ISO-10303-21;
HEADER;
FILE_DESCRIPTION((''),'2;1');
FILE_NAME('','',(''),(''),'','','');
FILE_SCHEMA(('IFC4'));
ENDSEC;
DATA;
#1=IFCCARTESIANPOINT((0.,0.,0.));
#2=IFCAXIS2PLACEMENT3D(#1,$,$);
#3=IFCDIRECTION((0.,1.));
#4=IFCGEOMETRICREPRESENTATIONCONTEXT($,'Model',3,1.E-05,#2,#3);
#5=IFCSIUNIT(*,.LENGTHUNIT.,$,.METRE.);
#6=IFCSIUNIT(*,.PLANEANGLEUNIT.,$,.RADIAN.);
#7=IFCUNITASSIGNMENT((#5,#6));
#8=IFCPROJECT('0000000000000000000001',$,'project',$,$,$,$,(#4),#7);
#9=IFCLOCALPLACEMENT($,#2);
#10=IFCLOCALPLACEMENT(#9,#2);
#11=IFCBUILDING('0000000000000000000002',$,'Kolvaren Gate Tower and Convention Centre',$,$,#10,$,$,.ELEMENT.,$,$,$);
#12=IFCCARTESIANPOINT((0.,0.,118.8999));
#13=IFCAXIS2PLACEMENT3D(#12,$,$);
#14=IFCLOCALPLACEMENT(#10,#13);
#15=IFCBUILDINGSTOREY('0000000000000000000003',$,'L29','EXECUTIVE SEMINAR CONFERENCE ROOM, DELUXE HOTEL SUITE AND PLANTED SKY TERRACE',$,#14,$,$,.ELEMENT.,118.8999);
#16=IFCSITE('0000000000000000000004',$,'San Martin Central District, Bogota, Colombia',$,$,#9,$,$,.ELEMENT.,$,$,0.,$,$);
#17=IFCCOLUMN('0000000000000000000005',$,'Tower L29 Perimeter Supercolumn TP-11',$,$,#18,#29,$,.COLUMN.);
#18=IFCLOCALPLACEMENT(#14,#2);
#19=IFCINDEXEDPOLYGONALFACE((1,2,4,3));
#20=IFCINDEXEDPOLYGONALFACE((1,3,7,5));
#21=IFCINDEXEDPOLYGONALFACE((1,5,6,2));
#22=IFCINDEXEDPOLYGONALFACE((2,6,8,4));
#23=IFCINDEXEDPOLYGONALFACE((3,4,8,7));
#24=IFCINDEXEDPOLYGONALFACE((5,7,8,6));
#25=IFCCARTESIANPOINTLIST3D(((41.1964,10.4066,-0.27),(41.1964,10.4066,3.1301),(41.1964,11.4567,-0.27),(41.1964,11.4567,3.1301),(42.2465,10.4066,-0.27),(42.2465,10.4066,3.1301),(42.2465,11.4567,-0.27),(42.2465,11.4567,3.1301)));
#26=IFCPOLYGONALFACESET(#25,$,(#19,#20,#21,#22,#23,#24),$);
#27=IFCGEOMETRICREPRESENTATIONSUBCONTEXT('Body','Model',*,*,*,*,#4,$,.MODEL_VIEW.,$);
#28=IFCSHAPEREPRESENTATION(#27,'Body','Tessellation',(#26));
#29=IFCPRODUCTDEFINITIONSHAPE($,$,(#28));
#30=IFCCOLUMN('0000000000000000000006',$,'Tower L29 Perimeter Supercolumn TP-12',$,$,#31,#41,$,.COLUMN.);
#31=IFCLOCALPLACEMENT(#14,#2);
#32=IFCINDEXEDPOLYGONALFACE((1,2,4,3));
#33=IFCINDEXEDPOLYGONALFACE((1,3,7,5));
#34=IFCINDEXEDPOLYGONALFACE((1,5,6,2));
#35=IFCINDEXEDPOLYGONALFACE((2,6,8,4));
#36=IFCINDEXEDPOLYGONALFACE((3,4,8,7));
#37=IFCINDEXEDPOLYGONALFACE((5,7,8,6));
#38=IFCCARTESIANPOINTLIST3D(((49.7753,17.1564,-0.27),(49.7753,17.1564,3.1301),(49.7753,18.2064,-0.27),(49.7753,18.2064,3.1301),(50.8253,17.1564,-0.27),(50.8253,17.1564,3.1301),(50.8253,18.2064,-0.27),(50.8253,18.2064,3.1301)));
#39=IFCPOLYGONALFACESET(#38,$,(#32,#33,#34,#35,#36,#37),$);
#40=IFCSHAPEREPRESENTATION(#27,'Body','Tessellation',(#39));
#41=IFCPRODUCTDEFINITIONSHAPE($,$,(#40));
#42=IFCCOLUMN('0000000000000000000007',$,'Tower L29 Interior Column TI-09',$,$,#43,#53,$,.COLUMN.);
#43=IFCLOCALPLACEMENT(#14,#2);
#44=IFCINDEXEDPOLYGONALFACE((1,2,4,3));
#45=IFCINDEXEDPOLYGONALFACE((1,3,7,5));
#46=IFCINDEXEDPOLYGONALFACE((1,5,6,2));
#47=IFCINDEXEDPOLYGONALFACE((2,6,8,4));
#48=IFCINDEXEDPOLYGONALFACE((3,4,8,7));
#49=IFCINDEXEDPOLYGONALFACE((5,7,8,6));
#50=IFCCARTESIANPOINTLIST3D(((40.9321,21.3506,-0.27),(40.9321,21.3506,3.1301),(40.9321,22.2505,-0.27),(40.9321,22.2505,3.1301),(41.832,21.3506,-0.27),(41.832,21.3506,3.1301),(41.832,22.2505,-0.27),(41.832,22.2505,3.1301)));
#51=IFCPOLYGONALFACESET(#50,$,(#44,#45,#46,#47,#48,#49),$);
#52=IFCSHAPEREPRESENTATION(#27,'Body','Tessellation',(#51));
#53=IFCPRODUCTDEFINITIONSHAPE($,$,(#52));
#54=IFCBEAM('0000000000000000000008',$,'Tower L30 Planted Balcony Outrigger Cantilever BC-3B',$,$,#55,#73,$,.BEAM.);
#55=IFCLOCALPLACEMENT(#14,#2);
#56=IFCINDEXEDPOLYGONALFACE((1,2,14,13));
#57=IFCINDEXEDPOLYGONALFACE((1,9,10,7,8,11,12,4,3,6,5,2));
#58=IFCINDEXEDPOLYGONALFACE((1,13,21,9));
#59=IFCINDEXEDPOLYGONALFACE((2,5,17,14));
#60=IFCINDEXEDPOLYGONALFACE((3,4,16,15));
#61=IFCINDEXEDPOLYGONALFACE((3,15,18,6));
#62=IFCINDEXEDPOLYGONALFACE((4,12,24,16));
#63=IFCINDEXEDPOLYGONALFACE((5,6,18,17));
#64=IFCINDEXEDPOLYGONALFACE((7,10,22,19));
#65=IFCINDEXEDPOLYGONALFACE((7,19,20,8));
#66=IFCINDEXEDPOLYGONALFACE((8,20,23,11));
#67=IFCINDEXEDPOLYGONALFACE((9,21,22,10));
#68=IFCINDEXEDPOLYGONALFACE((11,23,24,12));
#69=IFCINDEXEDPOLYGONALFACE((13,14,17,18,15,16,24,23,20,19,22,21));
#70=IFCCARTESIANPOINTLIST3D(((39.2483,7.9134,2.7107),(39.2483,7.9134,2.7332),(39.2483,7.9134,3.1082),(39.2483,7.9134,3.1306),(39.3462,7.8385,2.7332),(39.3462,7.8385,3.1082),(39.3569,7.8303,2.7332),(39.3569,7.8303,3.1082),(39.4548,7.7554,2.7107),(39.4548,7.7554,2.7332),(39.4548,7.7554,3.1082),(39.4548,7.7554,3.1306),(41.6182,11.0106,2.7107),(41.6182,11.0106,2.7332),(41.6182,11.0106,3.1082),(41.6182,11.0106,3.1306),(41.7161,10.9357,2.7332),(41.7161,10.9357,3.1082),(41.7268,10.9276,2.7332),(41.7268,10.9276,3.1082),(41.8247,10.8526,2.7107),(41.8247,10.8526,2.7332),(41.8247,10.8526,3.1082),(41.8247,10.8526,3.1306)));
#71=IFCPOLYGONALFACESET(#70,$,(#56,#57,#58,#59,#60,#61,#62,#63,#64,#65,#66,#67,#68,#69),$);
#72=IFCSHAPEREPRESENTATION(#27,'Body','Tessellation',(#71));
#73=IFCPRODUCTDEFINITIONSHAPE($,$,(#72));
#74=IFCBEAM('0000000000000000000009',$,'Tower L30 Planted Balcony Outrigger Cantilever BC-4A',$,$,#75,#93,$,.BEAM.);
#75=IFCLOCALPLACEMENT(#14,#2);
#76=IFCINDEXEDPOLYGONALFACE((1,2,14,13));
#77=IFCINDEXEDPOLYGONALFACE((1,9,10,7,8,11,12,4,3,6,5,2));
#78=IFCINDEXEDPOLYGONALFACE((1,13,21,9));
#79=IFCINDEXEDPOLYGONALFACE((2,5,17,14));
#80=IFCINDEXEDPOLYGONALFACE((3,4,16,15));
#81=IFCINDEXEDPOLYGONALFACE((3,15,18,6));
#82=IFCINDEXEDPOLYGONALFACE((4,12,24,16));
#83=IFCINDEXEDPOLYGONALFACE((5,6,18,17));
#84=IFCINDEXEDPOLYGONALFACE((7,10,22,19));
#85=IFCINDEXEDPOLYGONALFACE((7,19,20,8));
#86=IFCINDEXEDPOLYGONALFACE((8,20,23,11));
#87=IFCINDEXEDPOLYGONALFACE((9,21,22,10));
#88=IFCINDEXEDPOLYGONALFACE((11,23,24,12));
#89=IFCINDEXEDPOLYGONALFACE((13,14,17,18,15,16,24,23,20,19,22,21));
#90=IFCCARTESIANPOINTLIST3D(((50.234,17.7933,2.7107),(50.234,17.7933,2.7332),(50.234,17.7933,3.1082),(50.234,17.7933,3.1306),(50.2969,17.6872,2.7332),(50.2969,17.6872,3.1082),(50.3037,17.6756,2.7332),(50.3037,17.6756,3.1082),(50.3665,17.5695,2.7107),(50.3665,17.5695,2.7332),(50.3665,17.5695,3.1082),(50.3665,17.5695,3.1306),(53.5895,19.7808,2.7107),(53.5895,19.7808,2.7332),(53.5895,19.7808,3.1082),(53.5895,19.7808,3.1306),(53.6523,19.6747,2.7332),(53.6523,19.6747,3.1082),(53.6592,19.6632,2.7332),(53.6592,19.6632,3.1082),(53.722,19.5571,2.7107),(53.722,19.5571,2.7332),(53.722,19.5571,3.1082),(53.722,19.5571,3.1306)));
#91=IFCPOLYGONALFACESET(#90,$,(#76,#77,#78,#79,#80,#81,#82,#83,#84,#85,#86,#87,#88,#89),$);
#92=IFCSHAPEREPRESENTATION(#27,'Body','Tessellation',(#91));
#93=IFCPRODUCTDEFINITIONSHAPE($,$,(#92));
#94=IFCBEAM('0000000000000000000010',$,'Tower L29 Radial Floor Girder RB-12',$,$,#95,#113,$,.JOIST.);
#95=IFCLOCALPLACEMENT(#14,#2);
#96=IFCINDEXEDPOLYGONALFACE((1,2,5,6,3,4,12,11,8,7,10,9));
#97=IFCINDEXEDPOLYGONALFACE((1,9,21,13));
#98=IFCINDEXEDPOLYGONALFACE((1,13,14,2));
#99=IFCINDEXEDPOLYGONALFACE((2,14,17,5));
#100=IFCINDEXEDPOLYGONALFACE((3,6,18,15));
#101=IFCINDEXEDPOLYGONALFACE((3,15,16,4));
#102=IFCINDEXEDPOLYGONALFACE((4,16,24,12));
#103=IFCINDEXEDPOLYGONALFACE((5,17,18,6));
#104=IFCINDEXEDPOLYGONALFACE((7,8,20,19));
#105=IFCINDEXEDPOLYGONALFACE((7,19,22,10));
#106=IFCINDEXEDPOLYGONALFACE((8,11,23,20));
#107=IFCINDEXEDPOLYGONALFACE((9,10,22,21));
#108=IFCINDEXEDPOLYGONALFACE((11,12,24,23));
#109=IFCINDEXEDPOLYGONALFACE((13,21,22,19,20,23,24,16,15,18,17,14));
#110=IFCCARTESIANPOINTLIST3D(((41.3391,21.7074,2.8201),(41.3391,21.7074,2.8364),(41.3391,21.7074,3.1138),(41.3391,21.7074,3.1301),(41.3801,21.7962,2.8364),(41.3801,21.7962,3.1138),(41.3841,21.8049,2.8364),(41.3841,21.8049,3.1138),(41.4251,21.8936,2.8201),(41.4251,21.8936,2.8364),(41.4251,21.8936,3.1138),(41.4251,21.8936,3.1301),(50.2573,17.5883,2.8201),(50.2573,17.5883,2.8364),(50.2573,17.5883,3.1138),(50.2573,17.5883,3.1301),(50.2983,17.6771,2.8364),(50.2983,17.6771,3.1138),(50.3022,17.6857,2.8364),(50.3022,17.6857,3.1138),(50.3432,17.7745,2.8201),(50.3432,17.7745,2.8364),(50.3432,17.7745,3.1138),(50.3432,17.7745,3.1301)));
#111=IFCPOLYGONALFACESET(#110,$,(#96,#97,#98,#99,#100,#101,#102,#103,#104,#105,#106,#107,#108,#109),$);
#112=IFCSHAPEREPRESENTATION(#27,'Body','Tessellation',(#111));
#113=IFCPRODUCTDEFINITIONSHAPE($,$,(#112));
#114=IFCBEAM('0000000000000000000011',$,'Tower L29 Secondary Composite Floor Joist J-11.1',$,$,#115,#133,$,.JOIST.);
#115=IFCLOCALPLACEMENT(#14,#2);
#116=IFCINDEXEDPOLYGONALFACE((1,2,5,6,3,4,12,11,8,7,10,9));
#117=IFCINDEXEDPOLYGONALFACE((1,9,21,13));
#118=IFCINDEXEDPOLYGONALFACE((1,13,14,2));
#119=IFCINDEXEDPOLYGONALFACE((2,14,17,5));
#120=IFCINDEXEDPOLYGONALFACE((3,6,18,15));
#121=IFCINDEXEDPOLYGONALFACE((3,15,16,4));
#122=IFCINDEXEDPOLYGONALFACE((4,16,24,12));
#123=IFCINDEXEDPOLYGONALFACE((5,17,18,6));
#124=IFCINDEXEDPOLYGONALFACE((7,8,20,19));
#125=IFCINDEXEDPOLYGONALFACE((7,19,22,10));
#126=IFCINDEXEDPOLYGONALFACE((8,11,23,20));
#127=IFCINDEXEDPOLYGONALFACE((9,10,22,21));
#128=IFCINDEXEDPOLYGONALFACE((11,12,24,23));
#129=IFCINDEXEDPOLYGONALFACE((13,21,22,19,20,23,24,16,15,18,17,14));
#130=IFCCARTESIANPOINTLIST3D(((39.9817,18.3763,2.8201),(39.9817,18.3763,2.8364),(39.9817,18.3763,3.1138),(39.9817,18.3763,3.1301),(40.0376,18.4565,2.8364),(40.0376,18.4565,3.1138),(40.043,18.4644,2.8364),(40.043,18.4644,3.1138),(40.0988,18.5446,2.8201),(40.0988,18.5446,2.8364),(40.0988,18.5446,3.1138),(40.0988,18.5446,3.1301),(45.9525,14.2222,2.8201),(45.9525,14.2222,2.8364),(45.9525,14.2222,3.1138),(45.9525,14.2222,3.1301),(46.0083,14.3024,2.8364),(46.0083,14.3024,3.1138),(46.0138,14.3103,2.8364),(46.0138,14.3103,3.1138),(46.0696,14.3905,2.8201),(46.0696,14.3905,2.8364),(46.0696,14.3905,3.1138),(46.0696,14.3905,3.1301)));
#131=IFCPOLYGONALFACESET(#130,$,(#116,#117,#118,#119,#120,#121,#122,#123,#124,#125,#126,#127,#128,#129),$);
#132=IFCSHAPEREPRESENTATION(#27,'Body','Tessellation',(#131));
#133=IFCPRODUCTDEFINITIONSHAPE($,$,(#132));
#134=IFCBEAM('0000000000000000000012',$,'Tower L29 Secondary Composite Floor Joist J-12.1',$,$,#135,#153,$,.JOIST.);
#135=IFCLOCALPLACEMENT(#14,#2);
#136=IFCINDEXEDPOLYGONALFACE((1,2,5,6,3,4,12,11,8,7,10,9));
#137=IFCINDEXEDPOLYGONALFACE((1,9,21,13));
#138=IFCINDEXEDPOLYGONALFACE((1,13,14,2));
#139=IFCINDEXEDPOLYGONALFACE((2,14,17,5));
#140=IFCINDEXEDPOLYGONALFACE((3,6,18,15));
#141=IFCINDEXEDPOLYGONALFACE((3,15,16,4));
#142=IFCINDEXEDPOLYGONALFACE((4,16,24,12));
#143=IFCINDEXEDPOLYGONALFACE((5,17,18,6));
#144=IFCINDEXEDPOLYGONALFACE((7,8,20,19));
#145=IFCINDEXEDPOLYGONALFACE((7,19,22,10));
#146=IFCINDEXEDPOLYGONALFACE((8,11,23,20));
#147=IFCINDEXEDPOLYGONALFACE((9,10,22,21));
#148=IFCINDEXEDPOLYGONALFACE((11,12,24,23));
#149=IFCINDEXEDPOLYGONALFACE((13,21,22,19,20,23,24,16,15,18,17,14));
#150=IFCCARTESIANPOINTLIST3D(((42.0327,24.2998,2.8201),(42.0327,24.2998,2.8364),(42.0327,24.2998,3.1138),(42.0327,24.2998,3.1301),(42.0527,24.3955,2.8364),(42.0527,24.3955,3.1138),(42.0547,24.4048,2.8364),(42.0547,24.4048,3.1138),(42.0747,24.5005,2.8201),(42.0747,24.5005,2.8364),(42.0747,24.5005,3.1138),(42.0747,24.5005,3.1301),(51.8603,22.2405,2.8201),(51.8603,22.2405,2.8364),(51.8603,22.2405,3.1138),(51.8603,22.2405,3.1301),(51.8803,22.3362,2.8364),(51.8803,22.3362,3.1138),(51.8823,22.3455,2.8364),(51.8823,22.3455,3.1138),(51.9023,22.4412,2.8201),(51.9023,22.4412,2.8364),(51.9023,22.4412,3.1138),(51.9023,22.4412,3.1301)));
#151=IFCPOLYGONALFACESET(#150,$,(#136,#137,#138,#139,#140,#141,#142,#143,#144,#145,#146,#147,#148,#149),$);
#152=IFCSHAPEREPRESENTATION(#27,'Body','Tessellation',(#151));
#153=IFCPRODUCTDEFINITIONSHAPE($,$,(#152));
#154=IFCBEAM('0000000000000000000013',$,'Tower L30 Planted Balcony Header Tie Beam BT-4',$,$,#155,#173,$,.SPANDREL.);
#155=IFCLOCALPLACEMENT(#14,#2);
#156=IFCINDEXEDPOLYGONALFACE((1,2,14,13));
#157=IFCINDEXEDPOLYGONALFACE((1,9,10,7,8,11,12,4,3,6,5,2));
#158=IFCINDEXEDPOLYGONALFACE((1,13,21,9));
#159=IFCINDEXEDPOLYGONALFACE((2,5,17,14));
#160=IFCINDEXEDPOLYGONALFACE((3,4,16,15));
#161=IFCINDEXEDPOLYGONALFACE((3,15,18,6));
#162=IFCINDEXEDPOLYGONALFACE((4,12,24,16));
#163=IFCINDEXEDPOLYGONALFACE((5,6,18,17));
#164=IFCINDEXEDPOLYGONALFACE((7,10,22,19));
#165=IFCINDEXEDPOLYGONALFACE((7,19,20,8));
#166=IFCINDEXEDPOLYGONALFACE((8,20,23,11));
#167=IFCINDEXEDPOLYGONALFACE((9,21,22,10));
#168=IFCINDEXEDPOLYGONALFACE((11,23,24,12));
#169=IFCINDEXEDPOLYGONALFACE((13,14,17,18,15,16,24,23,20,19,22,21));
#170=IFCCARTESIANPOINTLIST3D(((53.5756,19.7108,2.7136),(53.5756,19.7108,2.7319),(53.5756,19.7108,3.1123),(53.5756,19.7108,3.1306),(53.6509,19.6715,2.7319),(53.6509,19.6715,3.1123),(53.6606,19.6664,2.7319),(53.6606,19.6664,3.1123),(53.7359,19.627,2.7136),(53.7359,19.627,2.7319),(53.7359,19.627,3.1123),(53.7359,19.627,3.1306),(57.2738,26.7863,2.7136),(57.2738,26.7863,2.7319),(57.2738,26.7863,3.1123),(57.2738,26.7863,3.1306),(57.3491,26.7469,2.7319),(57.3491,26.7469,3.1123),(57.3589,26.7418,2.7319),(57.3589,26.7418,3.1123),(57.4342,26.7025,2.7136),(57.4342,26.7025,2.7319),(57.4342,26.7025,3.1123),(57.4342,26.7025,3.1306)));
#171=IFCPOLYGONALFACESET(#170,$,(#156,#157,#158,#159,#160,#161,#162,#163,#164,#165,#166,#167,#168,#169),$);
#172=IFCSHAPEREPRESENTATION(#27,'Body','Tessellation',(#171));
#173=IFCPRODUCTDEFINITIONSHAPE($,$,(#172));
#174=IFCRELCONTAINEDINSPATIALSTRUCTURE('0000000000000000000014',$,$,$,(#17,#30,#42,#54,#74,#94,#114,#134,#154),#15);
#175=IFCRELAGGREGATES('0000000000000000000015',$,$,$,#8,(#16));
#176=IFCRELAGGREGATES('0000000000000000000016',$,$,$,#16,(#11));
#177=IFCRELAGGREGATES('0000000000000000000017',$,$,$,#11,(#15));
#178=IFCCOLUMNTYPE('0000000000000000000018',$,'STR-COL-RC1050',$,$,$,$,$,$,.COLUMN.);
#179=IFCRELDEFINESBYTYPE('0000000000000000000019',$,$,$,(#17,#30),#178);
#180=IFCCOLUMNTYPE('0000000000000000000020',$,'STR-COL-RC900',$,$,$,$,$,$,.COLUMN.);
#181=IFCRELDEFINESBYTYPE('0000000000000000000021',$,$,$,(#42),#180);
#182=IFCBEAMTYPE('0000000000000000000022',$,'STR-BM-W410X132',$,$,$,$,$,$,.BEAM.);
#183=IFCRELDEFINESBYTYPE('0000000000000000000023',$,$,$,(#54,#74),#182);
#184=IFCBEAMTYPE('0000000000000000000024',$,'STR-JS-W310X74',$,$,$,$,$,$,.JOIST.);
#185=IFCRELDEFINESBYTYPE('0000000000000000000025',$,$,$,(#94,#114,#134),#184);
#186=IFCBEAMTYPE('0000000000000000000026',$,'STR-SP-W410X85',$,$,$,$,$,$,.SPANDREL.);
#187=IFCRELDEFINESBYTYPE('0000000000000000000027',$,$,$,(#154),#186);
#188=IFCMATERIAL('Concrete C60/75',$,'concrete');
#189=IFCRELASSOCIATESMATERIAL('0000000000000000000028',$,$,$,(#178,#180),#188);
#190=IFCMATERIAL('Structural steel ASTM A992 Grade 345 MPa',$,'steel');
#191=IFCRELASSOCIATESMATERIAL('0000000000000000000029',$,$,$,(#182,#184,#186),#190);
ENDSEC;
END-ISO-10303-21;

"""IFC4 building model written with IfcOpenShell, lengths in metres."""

from ifc_helpers import new_model, si_unit, direction, frame, origin, origin_2d, place, context, subcontext, project, spatial, rectangle, i_section, extrude, material, material_profile, profile_set, type_object, element, save


model = new_model("IFC4")

# Units and contexts
model_context = context("Model", 3, precision=1e-05, world=origin(), true_north=direction((0.0, 1.0)))
body_context = subcontext(model_context, "Body", "Model", "MODEL_VIEW")
ifc_project = project(units=[si_unit("LENGTHUNIT", "METRE"), si_unit("PLANEANGLEUNIT", "RADIAN")], contexts=[model_context])

# Site, building, storey
site_placement = place(None, origin())
site = spatial("IfcSite", under=ifc_project, at=site_placement, Name="San Martin Central District, Bogota, Colombia", CompositionType="ELEMENT", RefElevation=0.0)
building_placement = place(site_placement, origin())
building = spatial("IfcBuilding", under=site, at=building_placement, Name="Kolvaren Gate Tower and Convention Centre", CompositionType="ELEMENT")
storey_placement = place(building_placement, frame((0.0, 0.0, 118.8999)))
storey = spatial("IfcBuildingStorey", under=building, at=storey_placement, Name="L29", Description="EXECUTIVE SEMINAR CONFERENCE ROOM, DELUXE HOTEL SUITE AND PLANTED SKY TERRACE", CompositionType="ELEMENT", Elevation=118.8999)

# Columns
ifc_material_1 = material(Name="Concrete C60/75", Category="concrete")
ifc_material_profile_1 = material_profile(ifc_material_1, rectangle(XDim=1.05, YDim=1.05, at=origin_2d()), Name="RC-COL-1050X1050")
ifc_profile_set_1 = profile_set([ifc_material_profile_1], Name="Concrete C60/75")
column_type_1 = type_object("IfcColumnType", Name="STR-COL-RC1050", PredefinedType="COLUMN", material=ifc_profile_set_1)
for number, where, z_axis, x_axis, name in (
    (1, (41.7214, 10.9316, -0.27), (0.0, 0.0, 1.0), (1.0, 0.0, 0.0), "Tower L29 Perimeter Supercolumn TP-11"),
    (2, (50.3003, 17.6814, -0.27), (0.0, 0.0, 1.0), (1.0, 0.0, 0.0), "Tower L29 Perimeter Supercolumn TP-12"),
):
    element("IfcColumn", number, at=place(storey_placement, frame(where, z_axis=z_axis, x_axis=x_axis)), inside=storey, type_object=column_type_1, Name=name, PredefinedType="COLUMN", context=body_context, shape_type="SweptSolid", body=[
        extrude(rectangle(XDim=1.05, YDim=1.05, at=origin_2d()), origin(), (0.0, 0.0, 1.0), 3.4001),
    ])
ifc_material_profile_2 = material_profile(ifc_material_1, rectangle(XDim=0.8999, YDim=0.8999, at=origin_2d()), Name="RC-COL-900X900")
ifc_profile_set_2 = profile_set([ifc_material_profile_2], Name="Concrete C60/75")
column_type_2 = type_object("IfcColumnType", Name="STR-COL-RC900", PredefinedType="COLUMN", material=ifc_profile_set_2)
column_placement = place(storey_placement, frame((41.3821, 21.8005, -0.27), z_axis=(0.0, 0.0, 1.0), x_axis=(1.0, 0.0, 0.0)))
element("IfcColumn", 3, at=column_placement, inside=storey, type_object=column_type_2, Name="Tower L29 Interior Column TI-09", PredefinedType="COLUMN", context=body_context, shape_type="SweptSolid", body=[
    extrude(rectangle(XDim=0.8999, YDim=0.8999, at=origin_2d()), origin(), (0.0, 0.0, 1.0), 3.4001),
])

# Beams
ifc_material_2 = material(Name="Structural steel ASTM A992 Grade 345 MPa", Category="steel")
ifc_material_profile_3 = material_profile(ifc_material_2, i_section(OverallWidth=0.26, OverallDepth=0.4199, WebThickness=0.0134, FlangeThickness=0.0225, at=origin_2d()), Name="W410X132")
ifc_profile_set_3 = profile_set([ifc_material_profile_3], Name="Structural steel ASTM A992 Grade 345 MPa")
beam_type_1 = type_object("IfcBeamType", Name="STR-BM-W410X132", PredefinedType="BEAM", material=ifc_profile_set_3)
for number, where, z_axis, x_axis, name in (
    (4, (41.7214, 10.9316, 2.9207), (-0.607685, -0.794178, 0.0), (0.794178, -0.607685, 0.0), "Tower L30 Planted Balcony Outrigger Cantilever BC-3B"),
    (5, (50.3003, 17.6814, 2.9207), (0.86039, 0.509636, 0.0), (-0.509636, 0.86039, 0.0), "Tower L30 Planted Balcony Outrigger Cantilever BC-4A"),
):
    element("IfcBeam", number, at=place(storey_placement, frame(where, z_axis=z_axis, x_axis=x_axis)), inside=storey, type_object=beam_type_1, Name=name, PredefinedType="BEAM", context=body_context, shape_type="SweptSolid", body=[
        extrude(i_section(OverallWidth=0.26, OverallDepth=0.4199, WebThickness=0.0134, FlangeThickness=0.0225, at=origin_2d()), origin(), (0.0, 0.0, 1.0), 3.8999),
    ])
ifc_material_profile_4 = material_profile(ifc_material_2, i_section(OverallWidth=0.2051, OverallDepth=0.3101, WebThickness=0.0095, FlangeThickness=0.0164, at=origin_2d()), Name="W310X74")
ifc_profile_set_4 = profile_set([ifc_material_profile_4], Name="Structural steel ASTM A992 Grade 345 MPa")
beam_type_2 = type_object("IfcBeamType", Name="STR-JS-W310X74", PredefinedType="JOIST", material=ifc_profile_set_4)
beam_1_placement = place(storey_placement, frame((41.3821, 21.8005, 2.9751), z_axis=(0.907842, -0.419313, 0.0), x_axis=(0.419313, 0.907842, 0.0)))
element("IfcBeam", 6, at=beam_1_placement, inside=storey, type_object=beam_type_2, Name="Tower L29 Radial Floor Girder RB-12", PredefinedType="JOIST", context=body_context, shape_type="SweptSolid", body=[
    extrude(i_section(OverallWidth=0.2051, OverallDepth=0.3101, WebThickness=0.0095, FlangeThickness=0.0164, at=origin_2d()), origin(), (0.0, 0.0, 1.0), 9.8235),
])
beam_2_placement = place(storey_placement, frame((40.0403, 18.4604, 2.9751), z_axis=(0.820872, -0.571113, 0.0), x_axis=(0.571113, 0.820872, 0.0)))
element("IfcBeam", 7, at=beam_2_placement, inside=storey, type_object=beam_type_2, Name="Tower L29 Secondary Composite Floor Joist J-11.1", PredefinedType="JOIST", context=body_context, shape_type="SweptSolid", body=[
    extrude(i_section(OverallWidth=0.2051, OverallDepth=0.3101, WebThickness=0.0095, FlangeThickness=0.0164, at=origin_2d()), origin(), (0.0, 0.0, 1.0), 7.2737),
])
beam_3_placement = place(storey_placement, frame((42.0537, 24.4001, 2.9751), z_axis=(0.978743, -0.20509, 0.0), x_axis=(0.20509, 0.978743, 0.0)))
element("IfcBeam", 8, at=beam_3_placement, inside=storey, type_object=beam_type_2, Name="Tower L29 Secondary Composite Floor Joist J-12.1", PredefinedType="JOIST", context=body_context, shape_type="SweptSolid", body=[
    extrude(i_section(OverallWidth=0.2051, OverallDepth=0.3101, WebThickness=0.0095, FlangeThickness=0.0164, at=origin_2d()), origin(), (0.0, 0.0, 1.0), 10.041),
])
ifc_material_profile_5 = material_profile(ifc_material_2, i_section(OverallWidth=0.1809, OverallDepth=0.417, WebThickness=0.011, FlangeThickness=0.0183, at=origin_2d()), Name="W410X85")
ifc_profile_set_5 = profile_set([ifc_material_profile_5], Name="Structural steel ASTM A992 Grade 345 MPa")
beam_type_3 = type_object("IfcBeamType", Name="STR-SP-W410X85", PredefinedType="SPANDREL", material=ifc_profile_set_5)
beam_4_placement = place(storey_placement, frame((53.6558, 19.6689, 2.9221), z_axis=(0.463226, 0.88624, 0.0), x_axis=(-0.88624, 0.463226, 0.0)))
element("IfcBeam", 9, at=beam_4_placement, inside=storey, type_object=beam_type_3, Name="Tower L30 Planted Balcony Header Tie Beam BT-4", PredefinedType="SPANDREL", context=body_context, shape_type="SweptSolid", body=[
    extrude(i_section(OverallWidth=0.1809, OverallDepth=0.417, WebThickness=0.011, FlangeThickness=0.0183, at=origin_2d()), origin(), (0.0, 0.0, 1.0), 7.9836),
])

save(model, "model.ifc")
